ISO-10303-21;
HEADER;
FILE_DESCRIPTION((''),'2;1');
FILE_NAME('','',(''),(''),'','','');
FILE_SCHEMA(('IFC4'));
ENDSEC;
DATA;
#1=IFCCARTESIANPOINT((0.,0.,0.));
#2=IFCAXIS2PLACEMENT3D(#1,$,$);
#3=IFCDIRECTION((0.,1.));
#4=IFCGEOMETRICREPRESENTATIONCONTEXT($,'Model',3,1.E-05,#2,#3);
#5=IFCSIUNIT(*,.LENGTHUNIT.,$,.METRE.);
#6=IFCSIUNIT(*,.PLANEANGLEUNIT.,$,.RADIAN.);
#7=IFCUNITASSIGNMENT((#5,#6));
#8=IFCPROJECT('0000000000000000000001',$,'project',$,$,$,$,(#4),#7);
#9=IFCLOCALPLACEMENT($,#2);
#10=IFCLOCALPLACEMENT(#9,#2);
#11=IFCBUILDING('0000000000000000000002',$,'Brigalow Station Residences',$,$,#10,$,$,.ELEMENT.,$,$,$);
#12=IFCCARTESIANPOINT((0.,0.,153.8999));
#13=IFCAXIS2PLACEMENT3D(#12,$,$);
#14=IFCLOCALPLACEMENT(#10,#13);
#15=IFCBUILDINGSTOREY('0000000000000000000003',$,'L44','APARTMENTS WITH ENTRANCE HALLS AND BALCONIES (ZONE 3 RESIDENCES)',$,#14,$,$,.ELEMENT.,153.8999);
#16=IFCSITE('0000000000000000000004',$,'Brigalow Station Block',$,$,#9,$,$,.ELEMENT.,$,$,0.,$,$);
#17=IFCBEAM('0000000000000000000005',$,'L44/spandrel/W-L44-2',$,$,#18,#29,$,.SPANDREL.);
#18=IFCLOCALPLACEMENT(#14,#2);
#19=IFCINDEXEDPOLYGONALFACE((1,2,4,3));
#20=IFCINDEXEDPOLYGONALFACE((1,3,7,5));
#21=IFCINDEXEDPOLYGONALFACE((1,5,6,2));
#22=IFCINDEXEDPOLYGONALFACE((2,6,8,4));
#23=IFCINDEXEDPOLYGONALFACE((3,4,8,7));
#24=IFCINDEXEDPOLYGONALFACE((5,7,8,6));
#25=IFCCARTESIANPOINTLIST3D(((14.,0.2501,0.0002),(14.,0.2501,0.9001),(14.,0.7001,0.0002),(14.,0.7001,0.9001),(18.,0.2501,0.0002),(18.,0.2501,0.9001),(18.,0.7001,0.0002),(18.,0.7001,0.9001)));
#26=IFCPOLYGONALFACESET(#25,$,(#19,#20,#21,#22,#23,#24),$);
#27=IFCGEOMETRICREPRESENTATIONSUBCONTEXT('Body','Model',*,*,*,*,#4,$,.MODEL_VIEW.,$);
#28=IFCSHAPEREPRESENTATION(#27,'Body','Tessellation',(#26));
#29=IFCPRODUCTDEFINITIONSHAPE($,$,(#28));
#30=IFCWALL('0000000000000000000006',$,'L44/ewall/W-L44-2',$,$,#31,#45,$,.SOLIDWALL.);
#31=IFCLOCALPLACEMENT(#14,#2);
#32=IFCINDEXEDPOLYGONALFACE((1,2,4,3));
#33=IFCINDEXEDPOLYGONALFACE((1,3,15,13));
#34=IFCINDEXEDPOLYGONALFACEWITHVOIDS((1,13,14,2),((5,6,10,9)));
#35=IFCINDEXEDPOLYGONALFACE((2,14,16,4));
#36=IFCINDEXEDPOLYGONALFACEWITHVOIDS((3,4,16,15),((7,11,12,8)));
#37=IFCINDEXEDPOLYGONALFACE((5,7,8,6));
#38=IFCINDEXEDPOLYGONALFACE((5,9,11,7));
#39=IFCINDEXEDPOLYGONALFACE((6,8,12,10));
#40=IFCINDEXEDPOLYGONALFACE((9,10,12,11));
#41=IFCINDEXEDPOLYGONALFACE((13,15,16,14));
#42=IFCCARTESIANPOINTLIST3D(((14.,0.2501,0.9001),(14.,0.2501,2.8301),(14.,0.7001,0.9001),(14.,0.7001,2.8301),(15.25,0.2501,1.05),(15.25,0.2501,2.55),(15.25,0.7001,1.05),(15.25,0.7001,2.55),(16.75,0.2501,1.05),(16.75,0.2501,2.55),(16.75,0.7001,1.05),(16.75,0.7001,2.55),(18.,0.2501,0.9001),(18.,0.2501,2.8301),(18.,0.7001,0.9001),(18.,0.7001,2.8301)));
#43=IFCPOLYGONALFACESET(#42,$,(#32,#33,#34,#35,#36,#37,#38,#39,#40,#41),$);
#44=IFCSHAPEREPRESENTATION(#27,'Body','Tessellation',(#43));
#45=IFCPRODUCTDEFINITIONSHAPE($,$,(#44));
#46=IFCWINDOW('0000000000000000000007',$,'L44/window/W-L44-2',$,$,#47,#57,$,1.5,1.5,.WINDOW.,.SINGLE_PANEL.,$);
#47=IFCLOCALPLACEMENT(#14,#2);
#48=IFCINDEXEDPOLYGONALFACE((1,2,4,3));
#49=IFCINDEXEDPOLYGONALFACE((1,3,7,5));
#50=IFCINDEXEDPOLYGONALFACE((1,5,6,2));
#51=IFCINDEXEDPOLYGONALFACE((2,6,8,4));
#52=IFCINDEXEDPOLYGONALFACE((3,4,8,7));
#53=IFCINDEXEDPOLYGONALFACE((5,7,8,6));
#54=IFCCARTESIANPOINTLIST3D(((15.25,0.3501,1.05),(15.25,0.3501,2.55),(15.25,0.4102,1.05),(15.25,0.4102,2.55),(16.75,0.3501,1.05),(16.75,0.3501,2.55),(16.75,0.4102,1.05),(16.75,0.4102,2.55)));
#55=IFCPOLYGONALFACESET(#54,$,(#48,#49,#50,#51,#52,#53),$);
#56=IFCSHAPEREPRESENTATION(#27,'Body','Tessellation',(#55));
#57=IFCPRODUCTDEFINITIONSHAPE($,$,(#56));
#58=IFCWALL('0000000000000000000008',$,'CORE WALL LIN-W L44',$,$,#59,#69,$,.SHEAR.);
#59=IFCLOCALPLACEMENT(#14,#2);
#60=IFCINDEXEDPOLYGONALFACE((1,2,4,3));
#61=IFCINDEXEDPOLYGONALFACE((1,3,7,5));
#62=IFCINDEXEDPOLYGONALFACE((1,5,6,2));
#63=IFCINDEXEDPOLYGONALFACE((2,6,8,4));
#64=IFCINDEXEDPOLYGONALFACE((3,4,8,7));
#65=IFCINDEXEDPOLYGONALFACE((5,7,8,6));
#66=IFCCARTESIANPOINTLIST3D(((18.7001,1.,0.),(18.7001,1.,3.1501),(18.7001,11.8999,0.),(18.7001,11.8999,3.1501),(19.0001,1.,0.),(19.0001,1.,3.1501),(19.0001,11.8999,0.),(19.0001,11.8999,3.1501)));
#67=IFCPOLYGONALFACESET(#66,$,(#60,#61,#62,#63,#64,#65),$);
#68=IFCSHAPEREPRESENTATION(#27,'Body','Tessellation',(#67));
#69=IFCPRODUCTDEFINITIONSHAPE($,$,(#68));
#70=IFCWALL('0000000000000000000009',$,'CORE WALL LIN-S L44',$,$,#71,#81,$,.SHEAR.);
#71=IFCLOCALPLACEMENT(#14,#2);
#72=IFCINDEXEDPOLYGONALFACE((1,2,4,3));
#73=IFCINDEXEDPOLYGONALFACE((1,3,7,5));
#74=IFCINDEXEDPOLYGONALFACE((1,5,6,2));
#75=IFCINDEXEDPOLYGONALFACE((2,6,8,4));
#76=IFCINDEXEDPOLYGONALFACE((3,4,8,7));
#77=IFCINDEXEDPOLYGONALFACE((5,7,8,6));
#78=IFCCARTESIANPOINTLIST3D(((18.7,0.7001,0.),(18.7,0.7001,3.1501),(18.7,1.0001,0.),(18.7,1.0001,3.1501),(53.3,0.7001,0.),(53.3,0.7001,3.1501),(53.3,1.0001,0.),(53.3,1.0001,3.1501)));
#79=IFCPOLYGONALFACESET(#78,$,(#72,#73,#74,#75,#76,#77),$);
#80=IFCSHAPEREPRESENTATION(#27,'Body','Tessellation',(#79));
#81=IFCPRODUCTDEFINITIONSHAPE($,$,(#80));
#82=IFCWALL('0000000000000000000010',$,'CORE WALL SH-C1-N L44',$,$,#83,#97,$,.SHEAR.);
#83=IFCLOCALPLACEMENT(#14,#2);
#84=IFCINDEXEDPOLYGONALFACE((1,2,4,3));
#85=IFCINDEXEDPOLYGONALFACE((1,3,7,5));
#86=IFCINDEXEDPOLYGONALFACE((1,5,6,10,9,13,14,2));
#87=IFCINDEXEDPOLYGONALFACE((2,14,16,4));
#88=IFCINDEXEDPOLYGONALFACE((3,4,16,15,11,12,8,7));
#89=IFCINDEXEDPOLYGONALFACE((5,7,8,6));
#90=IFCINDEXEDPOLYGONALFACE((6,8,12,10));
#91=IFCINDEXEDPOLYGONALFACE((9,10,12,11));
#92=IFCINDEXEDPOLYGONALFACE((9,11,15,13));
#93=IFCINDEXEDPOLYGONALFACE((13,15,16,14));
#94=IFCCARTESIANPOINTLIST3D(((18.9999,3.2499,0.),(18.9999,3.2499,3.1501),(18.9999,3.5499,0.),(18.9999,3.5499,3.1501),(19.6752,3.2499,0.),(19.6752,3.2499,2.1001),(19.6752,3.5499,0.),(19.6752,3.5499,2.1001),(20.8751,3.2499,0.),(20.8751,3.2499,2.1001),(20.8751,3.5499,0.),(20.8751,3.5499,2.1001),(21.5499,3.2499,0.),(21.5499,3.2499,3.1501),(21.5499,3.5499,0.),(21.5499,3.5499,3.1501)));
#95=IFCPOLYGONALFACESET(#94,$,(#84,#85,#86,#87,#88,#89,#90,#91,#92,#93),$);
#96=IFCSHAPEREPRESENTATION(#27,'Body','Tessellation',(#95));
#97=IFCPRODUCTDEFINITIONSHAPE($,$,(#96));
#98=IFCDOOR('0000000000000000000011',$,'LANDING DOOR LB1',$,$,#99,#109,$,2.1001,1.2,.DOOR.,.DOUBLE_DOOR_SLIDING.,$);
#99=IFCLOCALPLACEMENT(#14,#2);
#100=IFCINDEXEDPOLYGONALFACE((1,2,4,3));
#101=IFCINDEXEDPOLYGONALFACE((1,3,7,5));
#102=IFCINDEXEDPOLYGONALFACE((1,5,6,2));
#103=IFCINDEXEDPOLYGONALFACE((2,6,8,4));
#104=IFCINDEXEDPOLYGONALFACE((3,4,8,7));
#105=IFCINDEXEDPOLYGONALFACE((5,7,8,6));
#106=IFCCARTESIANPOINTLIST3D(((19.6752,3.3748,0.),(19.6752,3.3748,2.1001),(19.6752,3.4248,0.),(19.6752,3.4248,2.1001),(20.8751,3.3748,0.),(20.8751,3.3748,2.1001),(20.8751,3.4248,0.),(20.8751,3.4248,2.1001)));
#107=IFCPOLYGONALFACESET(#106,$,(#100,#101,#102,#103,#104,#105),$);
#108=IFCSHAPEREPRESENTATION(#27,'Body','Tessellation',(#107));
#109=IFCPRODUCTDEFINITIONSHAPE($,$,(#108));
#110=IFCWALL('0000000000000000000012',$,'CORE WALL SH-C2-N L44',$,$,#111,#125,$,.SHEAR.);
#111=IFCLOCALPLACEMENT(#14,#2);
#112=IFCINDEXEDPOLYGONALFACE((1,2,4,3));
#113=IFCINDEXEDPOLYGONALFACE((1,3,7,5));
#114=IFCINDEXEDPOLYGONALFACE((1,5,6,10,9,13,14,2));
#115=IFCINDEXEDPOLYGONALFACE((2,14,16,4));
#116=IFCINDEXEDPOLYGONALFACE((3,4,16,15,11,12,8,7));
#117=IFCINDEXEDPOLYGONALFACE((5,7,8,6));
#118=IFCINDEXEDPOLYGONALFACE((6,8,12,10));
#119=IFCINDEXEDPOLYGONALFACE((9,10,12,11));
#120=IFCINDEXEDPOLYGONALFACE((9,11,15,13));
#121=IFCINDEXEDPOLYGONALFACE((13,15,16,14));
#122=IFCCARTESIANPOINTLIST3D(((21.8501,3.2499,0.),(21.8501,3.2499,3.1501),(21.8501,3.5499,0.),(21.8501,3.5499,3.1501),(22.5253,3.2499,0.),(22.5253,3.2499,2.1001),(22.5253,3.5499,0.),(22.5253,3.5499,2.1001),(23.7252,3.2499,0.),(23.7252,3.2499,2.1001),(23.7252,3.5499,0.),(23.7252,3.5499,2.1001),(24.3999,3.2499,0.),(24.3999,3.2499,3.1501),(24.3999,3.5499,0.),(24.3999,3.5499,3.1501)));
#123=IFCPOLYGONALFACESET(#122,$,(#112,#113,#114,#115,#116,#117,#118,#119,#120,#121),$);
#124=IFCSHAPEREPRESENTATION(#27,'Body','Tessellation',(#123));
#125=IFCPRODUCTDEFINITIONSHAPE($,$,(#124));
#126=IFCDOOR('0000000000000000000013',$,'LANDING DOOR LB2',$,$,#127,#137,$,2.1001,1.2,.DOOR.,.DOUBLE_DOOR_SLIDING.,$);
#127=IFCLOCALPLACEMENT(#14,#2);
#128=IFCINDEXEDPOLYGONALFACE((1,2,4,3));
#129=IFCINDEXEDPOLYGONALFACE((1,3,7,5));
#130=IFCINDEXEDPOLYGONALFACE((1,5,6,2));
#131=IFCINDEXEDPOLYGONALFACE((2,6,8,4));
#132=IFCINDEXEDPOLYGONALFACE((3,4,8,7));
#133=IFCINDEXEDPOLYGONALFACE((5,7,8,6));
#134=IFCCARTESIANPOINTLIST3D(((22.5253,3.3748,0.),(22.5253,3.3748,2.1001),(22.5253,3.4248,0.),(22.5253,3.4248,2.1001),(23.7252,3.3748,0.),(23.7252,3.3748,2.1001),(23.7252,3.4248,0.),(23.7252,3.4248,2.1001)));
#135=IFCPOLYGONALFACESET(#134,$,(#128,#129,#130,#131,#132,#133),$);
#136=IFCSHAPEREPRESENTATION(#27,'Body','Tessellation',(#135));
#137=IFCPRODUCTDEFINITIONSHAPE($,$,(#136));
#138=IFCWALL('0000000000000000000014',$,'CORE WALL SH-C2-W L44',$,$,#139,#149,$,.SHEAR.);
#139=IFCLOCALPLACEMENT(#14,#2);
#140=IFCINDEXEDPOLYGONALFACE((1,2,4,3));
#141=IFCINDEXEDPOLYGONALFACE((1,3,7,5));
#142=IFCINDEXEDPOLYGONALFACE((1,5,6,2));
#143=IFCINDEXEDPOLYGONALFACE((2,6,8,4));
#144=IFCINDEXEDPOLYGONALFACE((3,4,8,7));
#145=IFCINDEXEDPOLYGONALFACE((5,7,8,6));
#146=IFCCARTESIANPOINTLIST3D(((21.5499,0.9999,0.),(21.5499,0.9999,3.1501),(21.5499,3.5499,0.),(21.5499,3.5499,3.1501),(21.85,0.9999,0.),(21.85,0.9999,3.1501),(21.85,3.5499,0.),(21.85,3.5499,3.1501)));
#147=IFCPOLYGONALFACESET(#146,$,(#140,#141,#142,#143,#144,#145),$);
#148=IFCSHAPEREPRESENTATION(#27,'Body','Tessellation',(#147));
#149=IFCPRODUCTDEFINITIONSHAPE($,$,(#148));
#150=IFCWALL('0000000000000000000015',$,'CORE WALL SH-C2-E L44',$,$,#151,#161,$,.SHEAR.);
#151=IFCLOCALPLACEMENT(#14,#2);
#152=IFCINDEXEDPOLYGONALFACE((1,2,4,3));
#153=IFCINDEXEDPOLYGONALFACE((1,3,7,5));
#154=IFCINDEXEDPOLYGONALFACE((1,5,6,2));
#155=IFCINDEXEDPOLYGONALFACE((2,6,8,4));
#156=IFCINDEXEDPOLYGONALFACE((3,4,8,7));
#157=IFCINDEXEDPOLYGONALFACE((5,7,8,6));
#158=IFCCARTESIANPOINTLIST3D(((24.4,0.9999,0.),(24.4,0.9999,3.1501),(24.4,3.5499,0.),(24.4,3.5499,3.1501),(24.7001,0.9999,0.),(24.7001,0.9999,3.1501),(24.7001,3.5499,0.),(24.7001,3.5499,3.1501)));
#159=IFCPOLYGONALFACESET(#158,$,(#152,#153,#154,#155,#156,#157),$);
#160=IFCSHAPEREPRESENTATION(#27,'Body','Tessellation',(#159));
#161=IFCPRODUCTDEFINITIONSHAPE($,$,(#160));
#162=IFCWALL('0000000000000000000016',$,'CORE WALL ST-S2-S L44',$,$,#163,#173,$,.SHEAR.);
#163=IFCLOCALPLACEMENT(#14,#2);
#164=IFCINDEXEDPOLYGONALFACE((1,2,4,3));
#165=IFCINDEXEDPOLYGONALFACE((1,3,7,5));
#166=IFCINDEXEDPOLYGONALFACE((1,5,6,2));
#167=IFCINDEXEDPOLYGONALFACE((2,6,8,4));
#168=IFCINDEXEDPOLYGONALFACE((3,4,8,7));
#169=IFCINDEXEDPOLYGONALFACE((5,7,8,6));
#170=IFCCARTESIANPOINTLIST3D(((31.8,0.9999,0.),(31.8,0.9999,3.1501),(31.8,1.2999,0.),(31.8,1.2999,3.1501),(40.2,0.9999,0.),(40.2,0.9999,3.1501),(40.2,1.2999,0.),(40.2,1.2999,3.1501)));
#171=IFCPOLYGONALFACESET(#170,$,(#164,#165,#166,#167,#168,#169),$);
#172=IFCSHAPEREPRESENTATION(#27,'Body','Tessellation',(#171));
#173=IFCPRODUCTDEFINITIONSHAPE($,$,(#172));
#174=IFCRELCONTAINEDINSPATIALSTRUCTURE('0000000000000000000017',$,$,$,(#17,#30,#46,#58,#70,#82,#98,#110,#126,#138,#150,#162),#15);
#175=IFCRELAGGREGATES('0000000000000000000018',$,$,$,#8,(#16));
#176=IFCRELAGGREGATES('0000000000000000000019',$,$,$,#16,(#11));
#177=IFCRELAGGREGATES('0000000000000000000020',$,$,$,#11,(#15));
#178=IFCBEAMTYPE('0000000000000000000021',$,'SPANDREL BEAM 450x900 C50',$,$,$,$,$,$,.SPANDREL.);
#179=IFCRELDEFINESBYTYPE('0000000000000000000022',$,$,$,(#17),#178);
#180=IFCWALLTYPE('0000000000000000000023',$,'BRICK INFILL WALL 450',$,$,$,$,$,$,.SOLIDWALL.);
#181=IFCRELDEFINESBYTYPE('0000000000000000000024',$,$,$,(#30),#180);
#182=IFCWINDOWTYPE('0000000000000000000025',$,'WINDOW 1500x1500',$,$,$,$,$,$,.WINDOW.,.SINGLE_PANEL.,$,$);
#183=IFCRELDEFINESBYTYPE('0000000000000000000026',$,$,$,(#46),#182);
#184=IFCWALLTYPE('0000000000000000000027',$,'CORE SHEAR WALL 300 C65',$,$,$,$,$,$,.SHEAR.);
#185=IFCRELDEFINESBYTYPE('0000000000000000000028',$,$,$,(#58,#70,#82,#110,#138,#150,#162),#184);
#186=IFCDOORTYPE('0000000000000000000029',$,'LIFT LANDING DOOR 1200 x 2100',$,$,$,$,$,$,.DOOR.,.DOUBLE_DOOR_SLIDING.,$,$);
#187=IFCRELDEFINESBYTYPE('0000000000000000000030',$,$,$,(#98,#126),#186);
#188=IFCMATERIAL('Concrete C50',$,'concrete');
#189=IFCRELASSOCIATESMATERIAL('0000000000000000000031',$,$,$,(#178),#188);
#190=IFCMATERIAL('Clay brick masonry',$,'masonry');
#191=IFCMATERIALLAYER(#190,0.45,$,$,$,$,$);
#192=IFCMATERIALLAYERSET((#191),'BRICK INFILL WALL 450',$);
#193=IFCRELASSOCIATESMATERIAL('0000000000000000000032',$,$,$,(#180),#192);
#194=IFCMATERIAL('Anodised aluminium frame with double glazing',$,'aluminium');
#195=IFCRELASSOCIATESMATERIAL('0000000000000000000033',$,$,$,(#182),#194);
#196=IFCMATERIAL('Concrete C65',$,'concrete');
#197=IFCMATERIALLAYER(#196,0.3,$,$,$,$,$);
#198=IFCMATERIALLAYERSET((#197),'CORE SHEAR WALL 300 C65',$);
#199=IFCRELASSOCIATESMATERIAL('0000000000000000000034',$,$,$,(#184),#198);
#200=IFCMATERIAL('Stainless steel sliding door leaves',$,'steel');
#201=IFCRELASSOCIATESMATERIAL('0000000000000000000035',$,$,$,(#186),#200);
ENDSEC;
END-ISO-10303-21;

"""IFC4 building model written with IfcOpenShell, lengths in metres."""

from ifc_helpers import new_model, si_unit, direction, frame, frame_2d, origin, origin_2d, place, context, subcontext, project, spatial, rectangle, extrude, material, layer, layer_set, material_profile, profile_set, type_object, element, fill, save


model = new_model("IFC4")

# Units and contexts
model_context = context("Model", 3, precision=1e-05, world=origin(), true_north=direction((0.0, 1.0)))
body_context = subcontext(model_context, "Body", "Model", "MODEL_VIEW")
ifc_project = project(units=[si_unit("LENGTHUNIT", "METRE"), si_unit("PLANEANGLEUNIT", "RADIAN")], contexts=[model_context])

# Site, building, storey
site_placement = place(None, origin())
site = spatial("IfcSite", under=ifc_project, at=site_placement, Name="Brigalow Station Block", CompositionType="ELEMENT", RefElevation=0.0)
building_placement = place(site_placement, origin())
building = spatial("IfcBuilding", under=site, at=building_placement, Name="Brigalow Station Residences", CompositionType="ELEMENT")
storey_placement = place(building_placement, frame((0.0, 0.0, 153.8999)))
storey = spatial("IfcBuildingStorey", under=building, at=storey_placement, Name="L44", Description="APARTMENTS WITH ENTRANCE HALLS AND BALCONIES (ZONE 3 RESIDENCES)", CompositionType="ELEMENT", Elevation=153.8999)

# Beam
ifc_material_1 = material(Name="Concrete C50", Category="concrete")
ifc_material_profile = material_profile(ifc_material_1, rectangle(XDim=0.45, YDim=0.8999, at=origin_2d()), Name="RC450x900")
ifc_profile_set = profile_set([ifc_material_profile], Name="Concrete C50")
beam_type = type_object("IfcBeamType", Name="SPANDREL BEAM 450x900 C50", PredefinedType="SPANDREL", material=ifc_profile_set)
beam_placement = place(storey_placement, frame((14.0, 0.4751, 0.4502), z_axis=(1.0, 0.0, 0.0), x_axis=(0.0, 1.0, 0.0)))
element("IfcBeam", 1, at=beam_placement, inside=storey, type_object=beam_type, Name="L44/spandrel/W-L44-2", PredefinedType="SPANDREL", context=body_context, shape_type="SweptSolid", body=[
    extrude(rectangle(XDim=0.45, YDim=0.8999, at=origin_2d()), origin(), (0.0, 0.0, 1.0), 4.0),
])

# Wall, opening, window
ifc_material_2 = material(Name="Clay brick masonry", Category="masonry")
ifc_layer_1 = layer(ifc_material_2, 0.45)
ifc_layer_set_1 = layer_set([ifc_layer_1], Name="BRICK INFILL WALL 450")
wall_type_1 = type_object("IfcWallType", Name="BRICK INFILL WALL 450", PredefinedType="SOLIDWALL", material=ifc_layer_set_1)
wall_1_placement = place(storey_placement, frame((14.0, 0.4751, 0.9001), z_axis=(0.0, 0.0, 1.0), x_axis=(1.0, 0.0, 0.0)))
wall_1 = element("IfcWall", 2, at=wall_1_placement, inside=storey, type_object=wall_type_1, Name="L44/ewall/W-L44-2", PredefinedType="SOLIDWALL", context=body_context, shape_type="SweptSolid", body=[
    extrude(rectangle(XDim=4.0, YDim=0.45, at=frame_2d((2.0, 0.0))), origin(), (0.0, 0.0, 1.0), 1.9299),
])
opening_1_placement = place(wall_1_placement, frame((1.25, 0.0, 0.1499)))
opening_1 = element("IfcOpeningElement", 3, at=opening_1_placement, cuts=wall_1, PredefinedType="OPENING", context=body_context, shape_type="SweptSolid", body=[
    extrude(rectangle(XDim=1.5, YDim=1.5, at=frame_2d((0.75, 0.75))), frame((0.0, 0.2349, 0.0), z_axis=(0.0, -1.0, 0.0), x_axis=(1.0, 0.0, 0.0)), (0.0, 0.0, 1.0), 0.47),
])
ifc_material_3 = material(Name="Anodised aluminium frame with double glazing", Category="aluminium")
window_type = type_object("IfcWindowType", Name="WINDOW 1500x1500", PartitioningType="SINGLE_PANEL", PredefinedType="WINDOW", material=ifc_material_3)
window_placement = place(opening_1_placement, origin())
window = element("IfcWindow", 4, at=window_placement, inside=storey, type_object=window_type, Name="L44/window/W-L44-2", OverallHeight=1.5, OverallWidth=1.5, PartitioningType="SINGLE_PANEL", PredefinedType="WINDOW", context=body_context, shape_type="SweptSolid", body=[
    extrude(rectangle(XDim=1.5, YDim=1.5, at=frame_2d((0.75, 0.75))), frame((0.0, -0.0649, 0.0), z_axis=(0.0, -1.0, 0.0), x_axis=(1.0, 0.0, 0.0)), (0.0, 0.0, 1.0), 0.0601),
])
fill(opening_1, window)

# Walls
ifc_material_4 = material(Name="Concrete C65", Category="concrete")
ifc_layer_2 = layer(ifc_material_4, 0.3)
ifc_layer_set_2 = layer_set([ifc_layer_2], Name="CORE SHEAR WALL 300 C65")
wall_type_2 = type_object("IfcWallType", Name="CORE SHEAR WALL 300 C65", PredefinedType="SHEAR", material=ifc_layer_set_2)
wall_2_placement = place(storey_placement, frame((18.8501, 1.0, 0.0), z_axis=(0.0, 0.0, 1.0), x_axis=(0.0, 1.0, 0.0)))
element("IfcWall", 5, at=wall_2_placement, inside=storey, type_object=wall_type_2, Name="CORE WALL LIN-W L44", PredefinedType="SHEAR", context=body_context, shape_type="SweptSolid", body=[
    extrude(rectangle(XDim=10.8999, YDim=0.3, at=frame_2d((5.45, 0.0))), origin(), (0.0, 0.0, 1.0), 3.1501),
])
wall_3_placement = place(storey_placement, frame((18.7, 0.8501, 0.0), z_axis=(0.0, 0.0, 1.0), x_axis=(1.0, 0.0, 0.0)))
element("IfcWall", 6, at=wall_3_placement, inside=storey, type_object=wall_type_2, Name="CORE WALL LIN-S L44", PredefinedType="SHEAR", context=body_context, shape_type="SweptSolid", body=[
    extrude(rectangle(XDim=34.6001, YDim=0.3, at=frame_2d((17.3, 0.0))), origin(), (0.0, 0.0, 1.0), 3.1501),
])

# Walls, openings, doors
wall_4_placement = place(storey_placement, frame((19.0, 3.3999, 0.0), z_axis=(0.0, 0.0, 1.0), x_axis=(1.0, 0.0, 0.0)))
wall_4 = element("IfcWall", 7, at=wall_4_placement, inside=storey, type_object=wall_type_2, Name="CORE WALL SH-C1-N L44", PredefinedType="SHEAR", context=body_context, shape_type="SweptSolid", body=[
    extrude(rectangle(XDim=2.55, YDim=0.3, at=frame_2d((1.2749, 0.0))), origin(), (0.0, 0.0, 1.0), 3.1501),
])
opening_2_placement = place(wall_4_placement, frame((0.675, 0.0, 0.0)))
opening_2 = element("IfcOpeningElement", 8, at=opening_2_placement, cuts=wall_4, PredefinedType="OPENING", context=body_context, shape_type="SweptSolid", body=[
    extrude(rectangle(XDim=1.2, YDim=2.1001, at=frame_2d((0.6001, 1.05))), frame((0.0, 0.1602, 0.0), z_axis=(0.0, -1.0, 0.0), x_axis=(1.0, 0.0, 0.0)), (0.0, 0.0, 1.0), 0.3201),
])
ifc_material_5 = material(Name="Stainless steel sliding door leaves", Category="steel")
door_type = type_object("IfcDoorType", Name="LIFT LANDING DOOR 1200 x 2100", OperationType="DOUBLE_DOOR_SLIDING", PredefinedType="DOOR", material=ifc_material_5)
door_1_placement = place(opening_2_placement, origin())
door_1 = element("IfcDoor", 9, at=door_1_placement, inside=storey, type_object=door_type, Name="LANDING DOOR LB1", OperationType="DOUBLE_DOOR_SLIDING", OverallHeight=2.1001, OverallWidth=1.2, PredefinedType="DOOR", context=body_context, shape_type="SweptSolid", body=[
    extrude(rectangle(XDim=1.2, YDim=2.1001, at=frame_2d((0.6001, 1.05))), frame((0.0, 0.0249, 0.0), z_axis=(0.0, -1.0, 0.0), x_axis=(1.0, 0.0, 0.0)), (0.0, 0.0, 1.0), 0.05),
])
fill(opening_2, door_1)
wall_5_placement = place(storey_placement, frame((21.8501, 3.3999, 0.0), z_axis=(0.0, 0.0, 1.0), x_axis=(1.0, 0.0, 0.0)))
wall_5 = element("IfcWall", 10, at=wall_5_placement, inside=storey, type_object=wall_type_2, Name="CORE WALL SH-C2-N L44", PredefinedType="SHEAR", context=body_context, shape_type="SweptSolid", body=[
    extrude(rectangle(XDim=2.5498, YDim=0.3, at=frame_2d((1.2749, 0.0))), origin(), (0.0, 0.0, 1.0), 3.1501),
])
opening_3_placement = place(wall_5_placement, frame((0.675, 0.0, 0.0)))
opening_3 = element("IfcOpeningElement", 11, at=opening_3_placement, cuts=wall_5, PredefinedType="OPENING", context=body_context, shape_type="SweptSolid", body=[
    extrude(rectangle(XDim=1.2, YDim=2.1001, at=frame_2d((0.6001, 1.05))), frame((0.0, 0.1602, 0.0), z_axis=(0.0, -1.0, 0.0), x_axis=(1.0, 0.0, 0.0)), (0.0, 0.0, 1.0), 0.3201),
])
door_2_placement = place(opening_3_placement, origin())
door_2 = element("IfcDoor", 12, at=door_2_placement, inside=storey, type_object=door_type, Name="LANDING DOOR LB2", OperationType="DOUBLE_DOOR_SLIDING", OverallHeight=2.1001, OverallWidth=1.2, PredefinedType="DOOR", context=body_context, shape_type="SweptSolid", body=[
    extrude(rectangle(XDim=1.2, YDim=2.1001, at=frame_2d((0.6001, 1.05))), frame((0.0, 0.0249, 0.0), z_axis=(0.0, -1.0, 0.0), x_axis=(1.0, 0.0, 0.0)), (0.0, 0.0, 1.0), 0.05),
])
fill(opening_3, door_2)

# Walls
for number, where, z_axis, x_axis, name in (
    (13, (21.7, 1.0, 0.0), (0.0, 0.0, 1.0), (0.0, 1.0, 0.0), "CORE WALL SH-C2-W L44"),
    (14, (24.55, 1.0, 0.0), (0.0, 0.0, 1.0), (0.0, 1.0, 0.0), "CORE WALL SH-C2-E L44"),
):
    element("IfcWall", number, at=place(storey_placement, frame(where, z_axis=z_axis, x_axis=x_axis)), inside=storey, type_object=wall_type_2, Name=name, PredefinedType="SHEAR", context=body_context, shape_type="SweptSolid", body=[
        extrude(rectangle(XDim=2.55, YDim=0.3, at=frame_2d((1.2749, 0.0))), origin(), (0.0, 0.0, 1.0), 3.1501),
    ])
wall_6_placement = place(storey_placement, frame((31.8, 1.1499, 0.0), z_axis=(0.0, 0.0, 1.0), x_axis=(1.0, 0.0, 0.0)))
element("IfcWall", 15, at=wall_6_placement, inside=storey, type_object=wall_type_2, Name="CORE WALL ST-S2-S L44", PredefinedType="SHEAR", context=body_context, shape_type="SweptSolid", body=[
    extrude(rectangle(XDim=8.3999, YDim=0.3, at=frame_2d((4.2, 0.0))), origin(), (0.0, 0.0, 1.0), 3.1501),
])

save(model, "model.ifc")
